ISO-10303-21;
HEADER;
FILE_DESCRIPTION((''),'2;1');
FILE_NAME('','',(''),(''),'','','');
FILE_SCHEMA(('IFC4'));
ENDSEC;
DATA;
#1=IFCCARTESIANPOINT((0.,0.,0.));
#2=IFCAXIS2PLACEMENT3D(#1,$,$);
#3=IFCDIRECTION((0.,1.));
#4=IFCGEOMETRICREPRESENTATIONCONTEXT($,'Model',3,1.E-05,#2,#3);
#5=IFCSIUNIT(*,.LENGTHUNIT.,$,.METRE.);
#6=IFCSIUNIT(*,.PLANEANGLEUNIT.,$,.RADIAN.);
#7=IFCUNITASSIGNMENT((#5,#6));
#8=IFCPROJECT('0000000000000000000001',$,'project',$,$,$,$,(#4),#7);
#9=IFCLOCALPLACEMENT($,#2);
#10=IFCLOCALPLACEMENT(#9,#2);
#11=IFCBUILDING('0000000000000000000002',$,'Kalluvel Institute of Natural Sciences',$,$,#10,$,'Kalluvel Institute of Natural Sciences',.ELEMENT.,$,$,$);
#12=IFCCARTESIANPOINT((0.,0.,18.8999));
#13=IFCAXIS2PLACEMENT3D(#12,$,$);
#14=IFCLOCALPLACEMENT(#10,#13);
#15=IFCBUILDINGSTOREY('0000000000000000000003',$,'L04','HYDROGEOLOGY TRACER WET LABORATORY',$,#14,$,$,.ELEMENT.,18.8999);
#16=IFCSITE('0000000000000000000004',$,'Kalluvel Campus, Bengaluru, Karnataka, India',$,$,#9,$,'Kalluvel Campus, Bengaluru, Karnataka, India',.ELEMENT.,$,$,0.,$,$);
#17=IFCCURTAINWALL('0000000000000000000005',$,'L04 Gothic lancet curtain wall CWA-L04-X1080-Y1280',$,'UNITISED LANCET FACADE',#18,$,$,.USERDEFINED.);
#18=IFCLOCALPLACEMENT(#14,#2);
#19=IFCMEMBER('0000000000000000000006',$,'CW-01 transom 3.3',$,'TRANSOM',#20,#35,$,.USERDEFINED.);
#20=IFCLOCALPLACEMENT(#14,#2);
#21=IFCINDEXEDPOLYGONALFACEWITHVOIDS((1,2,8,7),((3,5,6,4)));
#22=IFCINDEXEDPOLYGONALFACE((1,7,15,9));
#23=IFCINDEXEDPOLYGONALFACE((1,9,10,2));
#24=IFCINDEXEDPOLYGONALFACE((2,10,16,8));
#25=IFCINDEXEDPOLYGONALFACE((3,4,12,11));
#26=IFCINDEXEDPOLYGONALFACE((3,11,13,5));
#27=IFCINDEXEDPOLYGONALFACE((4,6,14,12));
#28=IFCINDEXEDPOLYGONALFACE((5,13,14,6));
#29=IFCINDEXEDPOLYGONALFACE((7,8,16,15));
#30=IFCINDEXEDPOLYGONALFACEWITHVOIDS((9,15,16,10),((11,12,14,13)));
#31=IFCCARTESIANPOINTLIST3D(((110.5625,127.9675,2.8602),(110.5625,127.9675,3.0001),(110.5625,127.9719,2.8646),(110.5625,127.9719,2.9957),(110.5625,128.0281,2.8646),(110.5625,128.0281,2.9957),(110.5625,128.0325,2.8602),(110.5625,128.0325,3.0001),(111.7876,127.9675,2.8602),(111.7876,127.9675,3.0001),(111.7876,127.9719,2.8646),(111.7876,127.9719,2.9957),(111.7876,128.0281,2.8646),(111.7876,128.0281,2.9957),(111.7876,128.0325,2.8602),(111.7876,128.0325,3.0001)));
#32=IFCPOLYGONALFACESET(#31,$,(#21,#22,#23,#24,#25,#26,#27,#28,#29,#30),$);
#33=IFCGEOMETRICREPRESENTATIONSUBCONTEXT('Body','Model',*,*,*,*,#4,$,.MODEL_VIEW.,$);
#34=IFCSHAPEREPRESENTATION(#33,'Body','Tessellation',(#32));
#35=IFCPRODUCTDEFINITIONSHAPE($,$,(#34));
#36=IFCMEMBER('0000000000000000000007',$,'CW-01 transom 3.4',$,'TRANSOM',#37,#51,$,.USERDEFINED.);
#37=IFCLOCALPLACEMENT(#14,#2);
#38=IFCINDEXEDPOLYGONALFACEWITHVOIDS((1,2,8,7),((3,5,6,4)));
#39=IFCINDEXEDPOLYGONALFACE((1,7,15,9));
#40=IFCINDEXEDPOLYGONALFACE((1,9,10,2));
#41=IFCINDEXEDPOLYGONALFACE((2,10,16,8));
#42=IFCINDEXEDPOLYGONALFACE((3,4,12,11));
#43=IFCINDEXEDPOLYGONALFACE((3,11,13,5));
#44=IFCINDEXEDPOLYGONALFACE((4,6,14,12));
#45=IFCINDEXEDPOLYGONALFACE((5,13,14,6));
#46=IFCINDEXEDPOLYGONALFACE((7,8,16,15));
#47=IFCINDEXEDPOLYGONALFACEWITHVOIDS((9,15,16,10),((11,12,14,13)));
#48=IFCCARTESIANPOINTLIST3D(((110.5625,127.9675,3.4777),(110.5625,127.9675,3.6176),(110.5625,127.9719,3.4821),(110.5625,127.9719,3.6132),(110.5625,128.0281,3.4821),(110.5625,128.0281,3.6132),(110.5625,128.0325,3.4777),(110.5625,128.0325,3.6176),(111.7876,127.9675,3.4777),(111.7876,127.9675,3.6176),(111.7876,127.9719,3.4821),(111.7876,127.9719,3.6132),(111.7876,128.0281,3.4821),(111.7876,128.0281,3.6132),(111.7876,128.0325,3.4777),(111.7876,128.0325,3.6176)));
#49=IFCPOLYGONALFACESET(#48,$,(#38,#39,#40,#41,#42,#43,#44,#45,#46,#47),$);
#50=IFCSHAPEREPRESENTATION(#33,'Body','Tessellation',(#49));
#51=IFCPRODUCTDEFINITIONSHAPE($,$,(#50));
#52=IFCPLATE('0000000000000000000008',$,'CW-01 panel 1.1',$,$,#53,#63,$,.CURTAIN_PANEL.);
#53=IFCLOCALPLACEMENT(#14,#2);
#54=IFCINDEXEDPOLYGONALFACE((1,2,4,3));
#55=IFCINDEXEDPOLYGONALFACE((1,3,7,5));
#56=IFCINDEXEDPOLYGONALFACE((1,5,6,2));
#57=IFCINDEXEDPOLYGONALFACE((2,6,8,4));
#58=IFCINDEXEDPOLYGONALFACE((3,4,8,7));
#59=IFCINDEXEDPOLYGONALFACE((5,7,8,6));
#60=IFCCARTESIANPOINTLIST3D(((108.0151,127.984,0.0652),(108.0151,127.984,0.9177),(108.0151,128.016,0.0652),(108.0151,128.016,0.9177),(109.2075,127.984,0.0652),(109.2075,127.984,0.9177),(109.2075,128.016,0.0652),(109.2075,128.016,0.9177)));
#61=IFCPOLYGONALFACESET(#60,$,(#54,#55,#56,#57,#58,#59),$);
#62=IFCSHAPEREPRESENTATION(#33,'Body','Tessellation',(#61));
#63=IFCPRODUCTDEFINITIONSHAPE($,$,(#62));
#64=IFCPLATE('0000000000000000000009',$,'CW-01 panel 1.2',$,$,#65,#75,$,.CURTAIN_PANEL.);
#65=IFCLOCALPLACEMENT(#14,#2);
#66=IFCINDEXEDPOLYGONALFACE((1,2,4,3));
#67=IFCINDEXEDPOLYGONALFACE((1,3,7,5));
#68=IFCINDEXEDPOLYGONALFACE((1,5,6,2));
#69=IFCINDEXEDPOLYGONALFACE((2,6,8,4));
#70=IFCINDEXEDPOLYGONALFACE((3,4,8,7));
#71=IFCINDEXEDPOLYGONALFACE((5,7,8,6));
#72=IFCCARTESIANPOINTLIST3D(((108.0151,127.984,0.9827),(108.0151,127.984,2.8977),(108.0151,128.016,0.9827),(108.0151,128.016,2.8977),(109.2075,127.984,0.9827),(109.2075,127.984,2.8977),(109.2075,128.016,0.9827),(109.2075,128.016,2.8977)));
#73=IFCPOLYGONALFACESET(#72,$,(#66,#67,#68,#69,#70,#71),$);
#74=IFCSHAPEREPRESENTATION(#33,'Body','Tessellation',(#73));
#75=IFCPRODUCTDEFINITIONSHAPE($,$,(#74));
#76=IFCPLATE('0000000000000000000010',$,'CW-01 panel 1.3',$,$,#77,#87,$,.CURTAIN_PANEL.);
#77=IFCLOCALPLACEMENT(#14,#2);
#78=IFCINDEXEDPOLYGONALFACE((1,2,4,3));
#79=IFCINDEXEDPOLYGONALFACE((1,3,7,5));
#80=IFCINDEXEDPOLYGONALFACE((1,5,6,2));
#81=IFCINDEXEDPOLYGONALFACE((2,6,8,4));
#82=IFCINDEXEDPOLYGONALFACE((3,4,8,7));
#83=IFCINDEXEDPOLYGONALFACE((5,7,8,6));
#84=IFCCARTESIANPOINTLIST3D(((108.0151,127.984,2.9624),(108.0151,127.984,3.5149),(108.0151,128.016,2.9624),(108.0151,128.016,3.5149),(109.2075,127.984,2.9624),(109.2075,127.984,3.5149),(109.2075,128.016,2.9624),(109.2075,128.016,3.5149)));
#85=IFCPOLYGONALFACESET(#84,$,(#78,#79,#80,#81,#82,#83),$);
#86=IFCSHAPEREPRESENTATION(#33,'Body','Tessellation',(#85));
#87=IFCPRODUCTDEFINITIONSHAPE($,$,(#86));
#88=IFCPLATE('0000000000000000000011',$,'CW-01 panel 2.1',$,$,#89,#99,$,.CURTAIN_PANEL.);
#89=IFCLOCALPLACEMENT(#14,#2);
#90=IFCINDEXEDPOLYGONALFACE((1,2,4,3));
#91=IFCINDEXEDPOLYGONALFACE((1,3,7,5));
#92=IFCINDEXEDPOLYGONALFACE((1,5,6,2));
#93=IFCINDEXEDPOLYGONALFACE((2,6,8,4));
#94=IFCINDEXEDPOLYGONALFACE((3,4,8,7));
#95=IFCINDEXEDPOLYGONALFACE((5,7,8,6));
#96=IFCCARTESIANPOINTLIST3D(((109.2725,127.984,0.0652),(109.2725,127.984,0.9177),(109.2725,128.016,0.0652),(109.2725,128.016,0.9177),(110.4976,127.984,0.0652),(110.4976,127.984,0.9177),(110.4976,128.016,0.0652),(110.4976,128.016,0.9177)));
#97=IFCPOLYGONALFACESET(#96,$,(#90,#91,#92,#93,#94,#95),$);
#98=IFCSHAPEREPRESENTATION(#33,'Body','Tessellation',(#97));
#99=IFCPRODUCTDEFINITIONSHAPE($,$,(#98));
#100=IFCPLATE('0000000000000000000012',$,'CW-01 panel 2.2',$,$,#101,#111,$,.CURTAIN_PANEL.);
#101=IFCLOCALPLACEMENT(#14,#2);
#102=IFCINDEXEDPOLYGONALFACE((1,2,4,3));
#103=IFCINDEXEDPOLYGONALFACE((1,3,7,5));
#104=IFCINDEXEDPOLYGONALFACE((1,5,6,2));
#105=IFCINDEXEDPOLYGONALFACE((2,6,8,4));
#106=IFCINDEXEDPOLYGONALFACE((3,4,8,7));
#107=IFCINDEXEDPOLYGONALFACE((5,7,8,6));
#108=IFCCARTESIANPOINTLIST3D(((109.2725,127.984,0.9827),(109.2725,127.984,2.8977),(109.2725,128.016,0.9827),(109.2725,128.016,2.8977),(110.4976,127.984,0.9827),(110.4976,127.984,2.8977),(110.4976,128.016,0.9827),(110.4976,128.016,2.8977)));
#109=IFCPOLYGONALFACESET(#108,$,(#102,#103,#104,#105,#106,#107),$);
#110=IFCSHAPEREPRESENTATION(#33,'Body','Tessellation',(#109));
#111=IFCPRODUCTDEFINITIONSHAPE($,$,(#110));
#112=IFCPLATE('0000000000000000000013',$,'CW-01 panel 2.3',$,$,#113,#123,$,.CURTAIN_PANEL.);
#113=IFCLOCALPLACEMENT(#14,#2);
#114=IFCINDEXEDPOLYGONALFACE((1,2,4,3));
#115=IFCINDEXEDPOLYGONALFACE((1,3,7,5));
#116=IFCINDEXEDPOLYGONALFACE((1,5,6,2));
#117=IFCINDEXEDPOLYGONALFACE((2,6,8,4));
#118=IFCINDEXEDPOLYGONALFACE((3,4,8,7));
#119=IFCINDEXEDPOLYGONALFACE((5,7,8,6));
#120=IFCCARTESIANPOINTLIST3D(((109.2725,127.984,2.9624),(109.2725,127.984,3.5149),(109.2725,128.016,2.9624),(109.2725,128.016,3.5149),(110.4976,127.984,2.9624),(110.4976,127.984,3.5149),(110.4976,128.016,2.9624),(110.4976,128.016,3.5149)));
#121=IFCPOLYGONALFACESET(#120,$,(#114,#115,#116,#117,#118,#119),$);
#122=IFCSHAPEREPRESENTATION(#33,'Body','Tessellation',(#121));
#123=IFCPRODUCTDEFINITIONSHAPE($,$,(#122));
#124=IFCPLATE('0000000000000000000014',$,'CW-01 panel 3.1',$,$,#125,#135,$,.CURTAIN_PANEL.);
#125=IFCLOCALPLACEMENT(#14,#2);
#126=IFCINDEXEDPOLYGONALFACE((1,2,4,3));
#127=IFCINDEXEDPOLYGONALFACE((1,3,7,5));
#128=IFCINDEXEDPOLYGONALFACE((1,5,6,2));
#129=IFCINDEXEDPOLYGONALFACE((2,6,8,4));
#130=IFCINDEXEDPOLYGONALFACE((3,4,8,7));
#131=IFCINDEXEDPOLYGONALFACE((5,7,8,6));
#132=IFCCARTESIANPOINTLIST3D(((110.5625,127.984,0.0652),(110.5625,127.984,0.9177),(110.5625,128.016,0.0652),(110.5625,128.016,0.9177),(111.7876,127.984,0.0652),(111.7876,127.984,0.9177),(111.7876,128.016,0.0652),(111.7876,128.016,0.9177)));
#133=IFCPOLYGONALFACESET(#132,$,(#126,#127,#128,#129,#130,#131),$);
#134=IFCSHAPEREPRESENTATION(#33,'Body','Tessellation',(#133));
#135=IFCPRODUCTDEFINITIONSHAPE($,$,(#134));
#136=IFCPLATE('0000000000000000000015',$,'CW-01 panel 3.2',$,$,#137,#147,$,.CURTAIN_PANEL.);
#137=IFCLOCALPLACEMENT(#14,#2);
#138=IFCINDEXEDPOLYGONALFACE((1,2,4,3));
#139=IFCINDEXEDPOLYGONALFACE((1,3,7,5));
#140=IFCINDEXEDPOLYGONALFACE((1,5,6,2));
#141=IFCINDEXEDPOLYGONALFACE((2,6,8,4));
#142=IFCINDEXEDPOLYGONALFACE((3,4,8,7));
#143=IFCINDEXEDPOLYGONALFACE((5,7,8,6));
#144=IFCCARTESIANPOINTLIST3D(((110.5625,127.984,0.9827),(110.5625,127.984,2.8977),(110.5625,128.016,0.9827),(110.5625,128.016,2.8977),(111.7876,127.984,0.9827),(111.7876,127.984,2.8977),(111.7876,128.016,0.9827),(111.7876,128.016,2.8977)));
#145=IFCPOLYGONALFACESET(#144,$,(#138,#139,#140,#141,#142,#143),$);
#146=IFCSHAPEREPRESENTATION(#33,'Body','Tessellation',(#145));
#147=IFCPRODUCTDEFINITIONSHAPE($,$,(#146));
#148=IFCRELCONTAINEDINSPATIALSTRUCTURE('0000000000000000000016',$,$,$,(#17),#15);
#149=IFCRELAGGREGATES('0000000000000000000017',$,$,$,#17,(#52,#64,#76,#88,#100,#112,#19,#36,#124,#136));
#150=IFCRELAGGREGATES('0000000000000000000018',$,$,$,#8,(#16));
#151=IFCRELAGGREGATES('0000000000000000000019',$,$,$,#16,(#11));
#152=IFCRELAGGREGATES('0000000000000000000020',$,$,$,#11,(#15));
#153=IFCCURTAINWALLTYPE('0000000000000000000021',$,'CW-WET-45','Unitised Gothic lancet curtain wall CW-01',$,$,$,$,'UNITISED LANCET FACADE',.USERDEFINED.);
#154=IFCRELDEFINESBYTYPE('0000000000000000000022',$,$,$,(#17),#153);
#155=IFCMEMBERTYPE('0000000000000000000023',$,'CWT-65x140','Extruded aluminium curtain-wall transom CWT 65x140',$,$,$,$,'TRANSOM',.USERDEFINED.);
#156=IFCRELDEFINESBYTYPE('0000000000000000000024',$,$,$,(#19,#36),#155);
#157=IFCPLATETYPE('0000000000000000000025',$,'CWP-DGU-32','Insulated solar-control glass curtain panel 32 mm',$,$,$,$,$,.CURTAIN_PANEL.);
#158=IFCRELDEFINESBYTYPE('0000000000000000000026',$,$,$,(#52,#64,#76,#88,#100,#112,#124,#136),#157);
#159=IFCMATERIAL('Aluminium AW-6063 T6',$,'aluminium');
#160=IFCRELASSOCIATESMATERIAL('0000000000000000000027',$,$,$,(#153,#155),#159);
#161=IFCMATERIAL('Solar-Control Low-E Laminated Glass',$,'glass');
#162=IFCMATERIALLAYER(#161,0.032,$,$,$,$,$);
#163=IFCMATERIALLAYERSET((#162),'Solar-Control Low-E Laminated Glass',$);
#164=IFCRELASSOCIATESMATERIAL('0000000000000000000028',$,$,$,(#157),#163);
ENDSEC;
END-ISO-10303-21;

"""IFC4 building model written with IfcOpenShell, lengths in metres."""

from ifc_helpers import new_model, si_unit, direction, frame, origin, origin_2d, place, context, subcontext, project, spatial, rectangle, hollow_rectangle, extrude, material, layer, layer_set, material_profile, profile_set, type_object, element, aggregate, save


model = new_model("IFC4")

# Units and contexts
model_context = context("Model", 3, precision=1e-05, world=origin(), true_north=direction((0.0, 1.0)))
body_context = subcontext(model_context, "Body", "Model", "MODEL_VIEW")
ifc_project = project(units=[si_unit("LENGTHUNIT", "METRE"), si_unit("PLANEANGLEUNIT", "RADIAN")], contexts=[model_context])

# Site, building, storey
site_placement = place(None, origin())
site = spatial("IfcSite", under=ifc_project, at=site_placement, Name="Kalluvel Campus, Bengaluru, Karnataka, India", LongName="Kalluvel Campus, Bengaluru, Karnataka, India", CompositionType="ELEMENT", RefElevation=0.0)
building_placement = place(site_placement, origin())
building = spatial("IfcBuilding", under=site, at=building_placement, Name="Kalluvel Institute of Natural Sciences", LongName="Kalluvel Institute of Natural Sciences", CompositionType="ELEMENT")
storey_placement = place(building_placement, frame((0.0, 0.0, 18.8999)))
storey = spatial("IfcBuildingStorey", under=building, at=storey_placement, Name="L04", Description="HYDROGEOLOGY TRACER WET LABORATORY", CompositionType="ELEMENT", Elevation=18.8999)

# Curtain wall, members, plates
ifc_material_1 = material(Name="Aluminium AW-6063 T6", Category="aluminium")
curtain_wall_type = type_object("IfcCurtainWallType", Name="CW-WET-45", Description="Unitised Gothic lancet curtain wall CW-01", ElementType="UNITISED LANCET FACADE", PredefinedType="USERDEFINED", material=ifc_material_1)
curtain_wall_placement = place(storey_placement, origin())
curtain_wall = element("IfcCurtainWall", 1, at=curtain_wall_placement, inside=storey, type_object=curtain_wall_type, Name="L04 Gothic lancet curtain wall CWA-L04-X1080-Y1280", ObjectType="UNITISED LANCET FACADE", PredefinedType="USERDEFINED")
ifc_material_profile_1 = material_profile(ifc_material_1, hollow_rectangle(XDim=0.0649, YDim=0.1399, WallThickness=0.0044, at=origin_2d()), Name="CWT 65x140")
ifc_profile_set_1 = profile_set([ifc_material_profile_1], Name="Aluminium AW-6063 T6")
member_type_1 = type_object("IfcMemberType", Name="CWT-65x140", Description="Extruded aluminium curtain-wall transom CWT 65x140", ElementType="TRANSOM", PredefinedType="USERDEFINED", material=ifc_profile_set_1)
member_1_placement = place(storey_placement, frame((110.5625, 128.0, 2.9302), z_axis=(1.0, 0.0, 0.0), x_axis=(0.0, 1.0, 0.0)))
member_1 = element("IfcMember", 2, at=member_1_placement, type_object=member_type_1, Name="CW-01 transom 3.3", ObjectType="TRANSOM", PredefinedType="USERDEFINED", context=body_context, shape_type="SweptSolid", body=[
    extrude(hollow_rectangle(XDim=0.0649, YDim=0.1399, WallThickness=0.0044, at=origin_2d()), origin(), (0.0, 0.0, 1.0), 1.2251),
])
member_2_placement = place(storey_placement, frame((110.5625, 128.0, 3.5476), z_axis=(1.0, 0.0, 0.0), x_axis=(0.0, 1.0, 0.0)))
member_2 = element("IfcMember", 3, at=member_2_placement, type_object=member_type_1, Name="CW-01 transom 3.4", ObjectType="TRANSOM", PredefinedType="USERDEFINED", context=body_context, shape_type="SweptSolid", body=[
    extrude(hollow_rectangle(XDim=0.0649, YDim=0.1399, WallThickness=0.0044, at=origin_2d()), origin(), (0.0, 0.0, 1.0), 1.2251),
])
ifc_material_2 = material(Name="Solar-Control Low-E Laminated Glass", Category="glass")
ifc_layer = layer(ifc_material_2, 0.032)
ifc_layer_set = layer_set([ifc_layer], Name="Solar-Control Low-E Laminated Glass")
plate_type = type_object("IfcPlateType", Name="CWP-DGU-32", Description="Insulated solar-control glass curtain panel 32 mm", PredefinedType="CURTAIN_PANEL", material=ifc_layer_set)
plate_1_placement = place(storey_placement, frame((108.6113, 128.0, 0.0652), z_axis=(0.0, 0.0, 1.0), x_axis=(1.0, 0.0, 0.0)))
plate_1 = element("IfcPlate", 4, at=plate_1_placement, type_object=plate_type, Name="CW-01 panel 1.1", PredefinedType="CURTAIN_PANEL", context=body_context, shape_type="SweptSolid", body=[
    extrude(rectangle(XDim=1.1924, YDim=0.032, at=origin_2d()), origin(), (0.0, 0.0, 1.0), 0.8525),
])
plate_2_placement = place(storey_placement, frame((108.6113, 128.0, 0.9827), z_axis=(0.0, 0.0, 1.0), x_axis=(1.0, 0.0, 0.0)))
plate_2 = element("IfcPlate", 5, at=plate_2_placement, type_object=plate_type, Name="CW-01 panel 1.2", PredefinedType="CURTAIN_PANEL", context=body_context, shape_type="SweptSolid", body=[
    extrude(rectangle(XDim=1.1924, YDim=0.032, at=origin_2d()), origin(), (0.0, 0.0, 1.0), 1.915),
])
plate_3_placement = place(storey_placement, frame((108.6113, 128.0, 2.9624), z_axis=(0.0, 0.0, 1.0), x_axis=(1.0, 0.0, 0.0)))
plate_3 = element("IfcPlate", 6, at=plate_3_placement, type_object=plate_type, Name="CW-01 panel 1.3", PredefinedType="CURTAIN_PANEL", context=body_context, shape_type="SweptSolid", body=[
    extrude(rectangle(XDim=1.1924, YDim=0.032, at=origin_2d()), origin(), (0.0, 0.0, 1.0), 0.5525),
])
plate_4_placement = place(storey_placement, frame((109.885, 128.0, 0.0652), z_axis=(0.0, 0.0, 1.0), x_axis=(1.0, 0.0, 0.0)))
plate_4 = element("IfcPlate", 7, at=plate_4_placement, type_object=plate_type, Name="CW-01 panel 2.1", PredefinedType="CURTAIN_PANEL", context=body_context, shape_type="SweptSolid", body=[
    extrude(rectangle(XDim=1.2251, YDim=0.032, at=origin_2d()), origin(), (0.0, 0.0, 1.0), 0.8525),
])
plate_5_placement = place(storey_placement, frame((109.885, 128.0, 0.9827), z_axis=(0.0, 0.0, 1.0), x_axis=(1.0, 0.0, 0.0)))
plate_5 = element("IfcPlate", 8, at=plate_5_placement, type_object=plate_type, Name="CW-01 panel 2.2", PredefinedType="CURTAIN_PANEL", context=body_context, shape_type="SweptSolid", body=[
    extrude(rectangle(XDim=1.2251, YDim=0.032, at=origin_2d()), origin(), (0.0, 0.0, 1.0), 1.915),
])
plate_6_placement = place(storey_placement, frame((109.885, 128.0, 2.9624), z_axis=(0.0, 0.0, 1.0), x_axis=(1.0, 0.0, 0.0)))
plate_6 = element("IfcPlate", 9, at=plate_6_placement, type_object=plate_type, Name="CW-01 panel 2.3", PredefinedType="CURTAIN_PANEL", context=body_context, shape_type="SweptSolid", body=[
    extrude(rectangle(XDim=1.2251, YDim=0.032, at=origin_2d()), origin(), (0.0, 0.0, 1.0), 0.5525),
])
plate_7_placement = place(storey_placement, frame((111.175, 128.0, 0.0652), z_axis=(0.0, 0.0, 1.0), x_axis=(1.0, 0.0, 0.0)))
plate_7 = element("IfcPlate", 10, at=plate_7_placement, type_object=plate_type, Name="CW-01 panel 3.1", PredefinedType="CURTAIN_PANEL", context=body_context, shape_type="SweptSolid", body=[
    extrude(rectangle(XDim=1.2251, YDim=0.032, at=origin_2d()), origin(), (0.0, 0.0, 1.0), 0.8525),
])
plate_8_placement = place(storey_placement, frame((111.175, 128.0, 0.9827), z_axis=(0.0, 0.0, 1.0), x_axis=(1.0, 0.0, 0.0)))
plate_8 = element("IfcPlate", 11, at=plate_8_placement, type_object=plate_type, Name="CW-01 panel 3.2", PredefinedType="CURTAIN_PANEL", context=body_context, shape_type="SweptSolid", body=[
    extrude(rectangle(XDim=1.2251, YDim=0.032, at=origin_2d()), origin(), (0.0, 0.0, 1.0), 1.915),
])
aggregate(curtain_wall, [plate_1, plate_2, plate_3, plate_4, plate_5, plate_6, member_1, member_2, plate_7, plate_8])

save(model, "model.ifc")
